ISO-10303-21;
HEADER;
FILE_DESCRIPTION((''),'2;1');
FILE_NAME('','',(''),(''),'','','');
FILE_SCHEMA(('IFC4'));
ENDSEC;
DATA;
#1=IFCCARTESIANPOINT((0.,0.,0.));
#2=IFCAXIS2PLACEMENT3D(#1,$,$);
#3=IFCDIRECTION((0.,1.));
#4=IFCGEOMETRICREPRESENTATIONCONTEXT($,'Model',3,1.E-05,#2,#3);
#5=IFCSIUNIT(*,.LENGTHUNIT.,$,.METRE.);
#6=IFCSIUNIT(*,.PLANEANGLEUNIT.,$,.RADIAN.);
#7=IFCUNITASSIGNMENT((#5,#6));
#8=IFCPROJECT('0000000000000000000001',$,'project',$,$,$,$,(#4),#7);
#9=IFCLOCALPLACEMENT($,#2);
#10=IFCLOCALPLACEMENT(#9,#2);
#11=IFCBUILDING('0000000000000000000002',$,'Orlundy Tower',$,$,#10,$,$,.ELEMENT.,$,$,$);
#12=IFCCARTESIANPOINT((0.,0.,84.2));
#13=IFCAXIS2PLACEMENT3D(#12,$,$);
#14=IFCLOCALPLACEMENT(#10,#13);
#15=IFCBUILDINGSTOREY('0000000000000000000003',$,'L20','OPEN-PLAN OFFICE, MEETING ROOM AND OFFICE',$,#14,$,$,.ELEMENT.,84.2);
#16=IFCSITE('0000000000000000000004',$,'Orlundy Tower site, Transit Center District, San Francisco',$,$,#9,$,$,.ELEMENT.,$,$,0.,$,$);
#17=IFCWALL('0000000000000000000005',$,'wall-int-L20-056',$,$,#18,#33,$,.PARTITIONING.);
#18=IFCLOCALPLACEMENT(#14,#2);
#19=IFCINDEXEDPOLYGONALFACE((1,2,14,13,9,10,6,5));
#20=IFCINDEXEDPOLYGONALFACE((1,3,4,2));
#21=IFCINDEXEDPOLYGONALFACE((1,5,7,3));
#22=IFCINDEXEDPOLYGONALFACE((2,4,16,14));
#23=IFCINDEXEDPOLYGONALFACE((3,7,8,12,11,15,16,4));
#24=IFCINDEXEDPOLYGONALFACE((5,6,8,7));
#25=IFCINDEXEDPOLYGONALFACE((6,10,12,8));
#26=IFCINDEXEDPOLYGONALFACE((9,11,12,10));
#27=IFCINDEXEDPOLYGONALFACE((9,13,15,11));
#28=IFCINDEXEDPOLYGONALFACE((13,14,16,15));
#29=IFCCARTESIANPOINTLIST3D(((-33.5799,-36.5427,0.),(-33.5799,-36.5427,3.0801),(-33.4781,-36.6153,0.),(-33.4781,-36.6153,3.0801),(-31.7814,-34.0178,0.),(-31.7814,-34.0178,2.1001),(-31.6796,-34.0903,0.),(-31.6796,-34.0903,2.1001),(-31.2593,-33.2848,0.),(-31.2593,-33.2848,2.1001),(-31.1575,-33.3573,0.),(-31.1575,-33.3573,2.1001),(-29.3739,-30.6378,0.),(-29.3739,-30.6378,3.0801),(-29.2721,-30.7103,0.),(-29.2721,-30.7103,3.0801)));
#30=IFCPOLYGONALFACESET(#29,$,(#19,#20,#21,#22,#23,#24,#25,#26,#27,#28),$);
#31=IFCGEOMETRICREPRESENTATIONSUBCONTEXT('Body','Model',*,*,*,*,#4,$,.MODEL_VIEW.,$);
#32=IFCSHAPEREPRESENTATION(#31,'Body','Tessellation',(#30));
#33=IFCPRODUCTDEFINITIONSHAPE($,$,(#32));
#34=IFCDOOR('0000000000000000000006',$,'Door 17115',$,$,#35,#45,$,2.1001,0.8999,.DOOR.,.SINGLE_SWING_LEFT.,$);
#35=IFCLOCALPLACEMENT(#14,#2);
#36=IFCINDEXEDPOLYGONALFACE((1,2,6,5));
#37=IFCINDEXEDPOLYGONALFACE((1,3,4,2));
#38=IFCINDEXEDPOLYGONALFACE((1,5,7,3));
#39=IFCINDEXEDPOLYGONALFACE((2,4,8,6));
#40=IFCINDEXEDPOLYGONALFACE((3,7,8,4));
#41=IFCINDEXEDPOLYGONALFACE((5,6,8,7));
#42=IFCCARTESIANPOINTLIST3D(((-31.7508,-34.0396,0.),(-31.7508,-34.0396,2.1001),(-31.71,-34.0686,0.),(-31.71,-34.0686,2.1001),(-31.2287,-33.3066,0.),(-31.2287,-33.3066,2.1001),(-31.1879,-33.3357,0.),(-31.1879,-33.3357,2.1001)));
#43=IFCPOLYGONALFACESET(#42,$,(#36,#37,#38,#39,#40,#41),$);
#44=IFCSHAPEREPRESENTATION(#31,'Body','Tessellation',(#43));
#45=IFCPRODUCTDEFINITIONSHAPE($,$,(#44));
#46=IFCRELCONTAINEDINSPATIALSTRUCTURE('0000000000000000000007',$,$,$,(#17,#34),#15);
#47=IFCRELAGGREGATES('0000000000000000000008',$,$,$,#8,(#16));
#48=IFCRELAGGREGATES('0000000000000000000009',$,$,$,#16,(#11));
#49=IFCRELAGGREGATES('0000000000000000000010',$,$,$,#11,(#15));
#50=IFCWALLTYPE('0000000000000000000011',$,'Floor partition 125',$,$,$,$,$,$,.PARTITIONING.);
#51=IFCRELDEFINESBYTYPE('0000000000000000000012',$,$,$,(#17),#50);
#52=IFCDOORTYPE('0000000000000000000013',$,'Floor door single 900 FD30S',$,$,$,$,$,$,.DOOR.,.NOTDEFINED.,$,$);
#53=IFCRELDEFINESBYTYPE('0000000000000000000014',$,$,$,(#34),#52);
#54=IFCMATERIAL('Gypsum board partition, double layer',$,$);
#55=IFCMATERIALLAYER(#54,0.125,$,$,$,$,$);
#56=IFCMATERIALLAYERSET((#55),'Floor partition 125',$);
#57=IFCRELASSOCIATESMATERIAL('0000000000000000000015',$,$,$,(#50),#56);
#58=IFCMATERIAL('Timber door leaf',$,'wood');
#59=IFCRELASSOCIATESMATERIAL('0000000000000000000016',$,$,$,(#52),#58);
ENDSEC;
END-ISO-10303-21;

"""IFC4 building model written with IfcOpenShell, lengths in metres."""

from ifc_helpers import new_model, si_unit, direction, frame, frame_2d, origin, place, context, subcontext, project, spatial, rectangle, extrude, material, layer, layer_set, type_object, element, fill, save


model = new_model("IFC4")

# Units and contexts
model_context = context("Model", 3, precision=1e-05, world=origin(), true_north=direction((0.0, 1.0)))
body_context = subcontext(model_context, "Body", "Model", "MODEL_VIEW")
ifc_project = project(units=[si_unit("LENGTHUNIT", "METRE"), si_unit("PLANEANGLEUNIT", "RADIAN")], contexts=[model_context])

# Site, building, storey
site_placement = place(None, origin())
site = spatial("IfcSite", under=ifc_project, at=site_placement, Name="Orlundy Tower site, Transit Center District, San Francisco", CompositionType="ELEMENT", RefElevation=0.0)
building_placement = place(site_placement, origin())
building = spatial("IfcBuilding", under=site, at=building_placement, Name="Orlundy Tower", CompositionType="ELEMENT")
storey_placement = place(building_placement, frame((0.0, 0.0, 84.2)))
storey = spatial("IfcBuildingStorey", under=building, at=storey_placement, Name="L20", Description="OPEN-PLAN OFFICE, MEETING ROOM AND OFFICE", CompositionType="ELEMENT", Elevation=84.2)

# Shared definitions
ifc_material_1 = material(Name="Gypsum board partition, double layer")
ifc_layer_1 = layer(ifc_material_1, 0.125)
ifc_layer_set_1 = layer_set([ifc_layer_1], Name="Floor partition 125")
wall_type_1 = type_object("IfcWallType", Name="Floor partition 125", PredefinedType="PARTITIONING", material=ifc_layer_set_1)
ifc_material_2 = material(Name="Timber door leaf", Category="wood")
door_type = type_object("IfcDoorType", Name="Floor door single 900 FD30S", OperationType="NOTDEFINED", PredefinedType="DOOR", material=ifc_material_2)

# Wall, opening, door
wall_1_placement = place(storey_placement, frame((-33.5291, -36.5791, 0.0), z_axis=(0.0, 0.0, 1.0), x_axis=(0.580158, 0.814504, 0.0)))
wall_1 = element("IfcWall", 1, at=wall_1_placement, inside=storey, type_object=wall_type_1, Name="wall-int-L20-056", PredefinedType="PARTITIONING", context=body_context, shape_type="SweptSolid", body=[
    extrude(rectangle(XDim=7.2498, YDim=0.125, at=frame_2d((3.625, 0.0))), origin(), (0.0, 0.0, 1.0), 3.0801),
])
opening_1_placement = place(wall_1_placement, frame((3.1001, 0.0, 0.0)))
opening_1 = element("IfcOpeningElement", 2, at=opening_1_placement, cuts=wall_1, PredefinedType="OPENING", context=body_context, shape_type="SweptSolid", body=[
    extrude(rectangle(XDim=0.8999, YDim=2.1001, at=frame_2d((0.45, 1.05))), frame((0.0, 0.0725, 0.0), z_axis=(0.0, -1.0, 0.0), x_axis=(1.0, 0.0, 0.0)), (0.0, 0.0, 1.0), 0.145),
])
door_1_placement = place(opening_1_placement, origin())
door_1 = element("IfcDoor", 3, at=door_1_placement, inside=storey, type_object=door_type, Name="Door 17115", OperationType="SINGLE_SWING_LEFT", OverallHeight=2.1001, OverallWidth=0.8999, PredefinedType="DOOR", context=body_context, shape_type="SweptSolid", body=[
    extrude(rectangle(XDim=0.8999, YDim=2.1001, at=frame_2d((0.45, 1.05))), frame((0.0, 0.0249, 0.0), z_axis=(0.0, -1.0, 0.0), x_axis=(1.0, 0.0, 0.0)), (0.0, 0.0, 1.0), 0.05),
])
fill(opening_1, door_1)

save(model, "model.ifc")
